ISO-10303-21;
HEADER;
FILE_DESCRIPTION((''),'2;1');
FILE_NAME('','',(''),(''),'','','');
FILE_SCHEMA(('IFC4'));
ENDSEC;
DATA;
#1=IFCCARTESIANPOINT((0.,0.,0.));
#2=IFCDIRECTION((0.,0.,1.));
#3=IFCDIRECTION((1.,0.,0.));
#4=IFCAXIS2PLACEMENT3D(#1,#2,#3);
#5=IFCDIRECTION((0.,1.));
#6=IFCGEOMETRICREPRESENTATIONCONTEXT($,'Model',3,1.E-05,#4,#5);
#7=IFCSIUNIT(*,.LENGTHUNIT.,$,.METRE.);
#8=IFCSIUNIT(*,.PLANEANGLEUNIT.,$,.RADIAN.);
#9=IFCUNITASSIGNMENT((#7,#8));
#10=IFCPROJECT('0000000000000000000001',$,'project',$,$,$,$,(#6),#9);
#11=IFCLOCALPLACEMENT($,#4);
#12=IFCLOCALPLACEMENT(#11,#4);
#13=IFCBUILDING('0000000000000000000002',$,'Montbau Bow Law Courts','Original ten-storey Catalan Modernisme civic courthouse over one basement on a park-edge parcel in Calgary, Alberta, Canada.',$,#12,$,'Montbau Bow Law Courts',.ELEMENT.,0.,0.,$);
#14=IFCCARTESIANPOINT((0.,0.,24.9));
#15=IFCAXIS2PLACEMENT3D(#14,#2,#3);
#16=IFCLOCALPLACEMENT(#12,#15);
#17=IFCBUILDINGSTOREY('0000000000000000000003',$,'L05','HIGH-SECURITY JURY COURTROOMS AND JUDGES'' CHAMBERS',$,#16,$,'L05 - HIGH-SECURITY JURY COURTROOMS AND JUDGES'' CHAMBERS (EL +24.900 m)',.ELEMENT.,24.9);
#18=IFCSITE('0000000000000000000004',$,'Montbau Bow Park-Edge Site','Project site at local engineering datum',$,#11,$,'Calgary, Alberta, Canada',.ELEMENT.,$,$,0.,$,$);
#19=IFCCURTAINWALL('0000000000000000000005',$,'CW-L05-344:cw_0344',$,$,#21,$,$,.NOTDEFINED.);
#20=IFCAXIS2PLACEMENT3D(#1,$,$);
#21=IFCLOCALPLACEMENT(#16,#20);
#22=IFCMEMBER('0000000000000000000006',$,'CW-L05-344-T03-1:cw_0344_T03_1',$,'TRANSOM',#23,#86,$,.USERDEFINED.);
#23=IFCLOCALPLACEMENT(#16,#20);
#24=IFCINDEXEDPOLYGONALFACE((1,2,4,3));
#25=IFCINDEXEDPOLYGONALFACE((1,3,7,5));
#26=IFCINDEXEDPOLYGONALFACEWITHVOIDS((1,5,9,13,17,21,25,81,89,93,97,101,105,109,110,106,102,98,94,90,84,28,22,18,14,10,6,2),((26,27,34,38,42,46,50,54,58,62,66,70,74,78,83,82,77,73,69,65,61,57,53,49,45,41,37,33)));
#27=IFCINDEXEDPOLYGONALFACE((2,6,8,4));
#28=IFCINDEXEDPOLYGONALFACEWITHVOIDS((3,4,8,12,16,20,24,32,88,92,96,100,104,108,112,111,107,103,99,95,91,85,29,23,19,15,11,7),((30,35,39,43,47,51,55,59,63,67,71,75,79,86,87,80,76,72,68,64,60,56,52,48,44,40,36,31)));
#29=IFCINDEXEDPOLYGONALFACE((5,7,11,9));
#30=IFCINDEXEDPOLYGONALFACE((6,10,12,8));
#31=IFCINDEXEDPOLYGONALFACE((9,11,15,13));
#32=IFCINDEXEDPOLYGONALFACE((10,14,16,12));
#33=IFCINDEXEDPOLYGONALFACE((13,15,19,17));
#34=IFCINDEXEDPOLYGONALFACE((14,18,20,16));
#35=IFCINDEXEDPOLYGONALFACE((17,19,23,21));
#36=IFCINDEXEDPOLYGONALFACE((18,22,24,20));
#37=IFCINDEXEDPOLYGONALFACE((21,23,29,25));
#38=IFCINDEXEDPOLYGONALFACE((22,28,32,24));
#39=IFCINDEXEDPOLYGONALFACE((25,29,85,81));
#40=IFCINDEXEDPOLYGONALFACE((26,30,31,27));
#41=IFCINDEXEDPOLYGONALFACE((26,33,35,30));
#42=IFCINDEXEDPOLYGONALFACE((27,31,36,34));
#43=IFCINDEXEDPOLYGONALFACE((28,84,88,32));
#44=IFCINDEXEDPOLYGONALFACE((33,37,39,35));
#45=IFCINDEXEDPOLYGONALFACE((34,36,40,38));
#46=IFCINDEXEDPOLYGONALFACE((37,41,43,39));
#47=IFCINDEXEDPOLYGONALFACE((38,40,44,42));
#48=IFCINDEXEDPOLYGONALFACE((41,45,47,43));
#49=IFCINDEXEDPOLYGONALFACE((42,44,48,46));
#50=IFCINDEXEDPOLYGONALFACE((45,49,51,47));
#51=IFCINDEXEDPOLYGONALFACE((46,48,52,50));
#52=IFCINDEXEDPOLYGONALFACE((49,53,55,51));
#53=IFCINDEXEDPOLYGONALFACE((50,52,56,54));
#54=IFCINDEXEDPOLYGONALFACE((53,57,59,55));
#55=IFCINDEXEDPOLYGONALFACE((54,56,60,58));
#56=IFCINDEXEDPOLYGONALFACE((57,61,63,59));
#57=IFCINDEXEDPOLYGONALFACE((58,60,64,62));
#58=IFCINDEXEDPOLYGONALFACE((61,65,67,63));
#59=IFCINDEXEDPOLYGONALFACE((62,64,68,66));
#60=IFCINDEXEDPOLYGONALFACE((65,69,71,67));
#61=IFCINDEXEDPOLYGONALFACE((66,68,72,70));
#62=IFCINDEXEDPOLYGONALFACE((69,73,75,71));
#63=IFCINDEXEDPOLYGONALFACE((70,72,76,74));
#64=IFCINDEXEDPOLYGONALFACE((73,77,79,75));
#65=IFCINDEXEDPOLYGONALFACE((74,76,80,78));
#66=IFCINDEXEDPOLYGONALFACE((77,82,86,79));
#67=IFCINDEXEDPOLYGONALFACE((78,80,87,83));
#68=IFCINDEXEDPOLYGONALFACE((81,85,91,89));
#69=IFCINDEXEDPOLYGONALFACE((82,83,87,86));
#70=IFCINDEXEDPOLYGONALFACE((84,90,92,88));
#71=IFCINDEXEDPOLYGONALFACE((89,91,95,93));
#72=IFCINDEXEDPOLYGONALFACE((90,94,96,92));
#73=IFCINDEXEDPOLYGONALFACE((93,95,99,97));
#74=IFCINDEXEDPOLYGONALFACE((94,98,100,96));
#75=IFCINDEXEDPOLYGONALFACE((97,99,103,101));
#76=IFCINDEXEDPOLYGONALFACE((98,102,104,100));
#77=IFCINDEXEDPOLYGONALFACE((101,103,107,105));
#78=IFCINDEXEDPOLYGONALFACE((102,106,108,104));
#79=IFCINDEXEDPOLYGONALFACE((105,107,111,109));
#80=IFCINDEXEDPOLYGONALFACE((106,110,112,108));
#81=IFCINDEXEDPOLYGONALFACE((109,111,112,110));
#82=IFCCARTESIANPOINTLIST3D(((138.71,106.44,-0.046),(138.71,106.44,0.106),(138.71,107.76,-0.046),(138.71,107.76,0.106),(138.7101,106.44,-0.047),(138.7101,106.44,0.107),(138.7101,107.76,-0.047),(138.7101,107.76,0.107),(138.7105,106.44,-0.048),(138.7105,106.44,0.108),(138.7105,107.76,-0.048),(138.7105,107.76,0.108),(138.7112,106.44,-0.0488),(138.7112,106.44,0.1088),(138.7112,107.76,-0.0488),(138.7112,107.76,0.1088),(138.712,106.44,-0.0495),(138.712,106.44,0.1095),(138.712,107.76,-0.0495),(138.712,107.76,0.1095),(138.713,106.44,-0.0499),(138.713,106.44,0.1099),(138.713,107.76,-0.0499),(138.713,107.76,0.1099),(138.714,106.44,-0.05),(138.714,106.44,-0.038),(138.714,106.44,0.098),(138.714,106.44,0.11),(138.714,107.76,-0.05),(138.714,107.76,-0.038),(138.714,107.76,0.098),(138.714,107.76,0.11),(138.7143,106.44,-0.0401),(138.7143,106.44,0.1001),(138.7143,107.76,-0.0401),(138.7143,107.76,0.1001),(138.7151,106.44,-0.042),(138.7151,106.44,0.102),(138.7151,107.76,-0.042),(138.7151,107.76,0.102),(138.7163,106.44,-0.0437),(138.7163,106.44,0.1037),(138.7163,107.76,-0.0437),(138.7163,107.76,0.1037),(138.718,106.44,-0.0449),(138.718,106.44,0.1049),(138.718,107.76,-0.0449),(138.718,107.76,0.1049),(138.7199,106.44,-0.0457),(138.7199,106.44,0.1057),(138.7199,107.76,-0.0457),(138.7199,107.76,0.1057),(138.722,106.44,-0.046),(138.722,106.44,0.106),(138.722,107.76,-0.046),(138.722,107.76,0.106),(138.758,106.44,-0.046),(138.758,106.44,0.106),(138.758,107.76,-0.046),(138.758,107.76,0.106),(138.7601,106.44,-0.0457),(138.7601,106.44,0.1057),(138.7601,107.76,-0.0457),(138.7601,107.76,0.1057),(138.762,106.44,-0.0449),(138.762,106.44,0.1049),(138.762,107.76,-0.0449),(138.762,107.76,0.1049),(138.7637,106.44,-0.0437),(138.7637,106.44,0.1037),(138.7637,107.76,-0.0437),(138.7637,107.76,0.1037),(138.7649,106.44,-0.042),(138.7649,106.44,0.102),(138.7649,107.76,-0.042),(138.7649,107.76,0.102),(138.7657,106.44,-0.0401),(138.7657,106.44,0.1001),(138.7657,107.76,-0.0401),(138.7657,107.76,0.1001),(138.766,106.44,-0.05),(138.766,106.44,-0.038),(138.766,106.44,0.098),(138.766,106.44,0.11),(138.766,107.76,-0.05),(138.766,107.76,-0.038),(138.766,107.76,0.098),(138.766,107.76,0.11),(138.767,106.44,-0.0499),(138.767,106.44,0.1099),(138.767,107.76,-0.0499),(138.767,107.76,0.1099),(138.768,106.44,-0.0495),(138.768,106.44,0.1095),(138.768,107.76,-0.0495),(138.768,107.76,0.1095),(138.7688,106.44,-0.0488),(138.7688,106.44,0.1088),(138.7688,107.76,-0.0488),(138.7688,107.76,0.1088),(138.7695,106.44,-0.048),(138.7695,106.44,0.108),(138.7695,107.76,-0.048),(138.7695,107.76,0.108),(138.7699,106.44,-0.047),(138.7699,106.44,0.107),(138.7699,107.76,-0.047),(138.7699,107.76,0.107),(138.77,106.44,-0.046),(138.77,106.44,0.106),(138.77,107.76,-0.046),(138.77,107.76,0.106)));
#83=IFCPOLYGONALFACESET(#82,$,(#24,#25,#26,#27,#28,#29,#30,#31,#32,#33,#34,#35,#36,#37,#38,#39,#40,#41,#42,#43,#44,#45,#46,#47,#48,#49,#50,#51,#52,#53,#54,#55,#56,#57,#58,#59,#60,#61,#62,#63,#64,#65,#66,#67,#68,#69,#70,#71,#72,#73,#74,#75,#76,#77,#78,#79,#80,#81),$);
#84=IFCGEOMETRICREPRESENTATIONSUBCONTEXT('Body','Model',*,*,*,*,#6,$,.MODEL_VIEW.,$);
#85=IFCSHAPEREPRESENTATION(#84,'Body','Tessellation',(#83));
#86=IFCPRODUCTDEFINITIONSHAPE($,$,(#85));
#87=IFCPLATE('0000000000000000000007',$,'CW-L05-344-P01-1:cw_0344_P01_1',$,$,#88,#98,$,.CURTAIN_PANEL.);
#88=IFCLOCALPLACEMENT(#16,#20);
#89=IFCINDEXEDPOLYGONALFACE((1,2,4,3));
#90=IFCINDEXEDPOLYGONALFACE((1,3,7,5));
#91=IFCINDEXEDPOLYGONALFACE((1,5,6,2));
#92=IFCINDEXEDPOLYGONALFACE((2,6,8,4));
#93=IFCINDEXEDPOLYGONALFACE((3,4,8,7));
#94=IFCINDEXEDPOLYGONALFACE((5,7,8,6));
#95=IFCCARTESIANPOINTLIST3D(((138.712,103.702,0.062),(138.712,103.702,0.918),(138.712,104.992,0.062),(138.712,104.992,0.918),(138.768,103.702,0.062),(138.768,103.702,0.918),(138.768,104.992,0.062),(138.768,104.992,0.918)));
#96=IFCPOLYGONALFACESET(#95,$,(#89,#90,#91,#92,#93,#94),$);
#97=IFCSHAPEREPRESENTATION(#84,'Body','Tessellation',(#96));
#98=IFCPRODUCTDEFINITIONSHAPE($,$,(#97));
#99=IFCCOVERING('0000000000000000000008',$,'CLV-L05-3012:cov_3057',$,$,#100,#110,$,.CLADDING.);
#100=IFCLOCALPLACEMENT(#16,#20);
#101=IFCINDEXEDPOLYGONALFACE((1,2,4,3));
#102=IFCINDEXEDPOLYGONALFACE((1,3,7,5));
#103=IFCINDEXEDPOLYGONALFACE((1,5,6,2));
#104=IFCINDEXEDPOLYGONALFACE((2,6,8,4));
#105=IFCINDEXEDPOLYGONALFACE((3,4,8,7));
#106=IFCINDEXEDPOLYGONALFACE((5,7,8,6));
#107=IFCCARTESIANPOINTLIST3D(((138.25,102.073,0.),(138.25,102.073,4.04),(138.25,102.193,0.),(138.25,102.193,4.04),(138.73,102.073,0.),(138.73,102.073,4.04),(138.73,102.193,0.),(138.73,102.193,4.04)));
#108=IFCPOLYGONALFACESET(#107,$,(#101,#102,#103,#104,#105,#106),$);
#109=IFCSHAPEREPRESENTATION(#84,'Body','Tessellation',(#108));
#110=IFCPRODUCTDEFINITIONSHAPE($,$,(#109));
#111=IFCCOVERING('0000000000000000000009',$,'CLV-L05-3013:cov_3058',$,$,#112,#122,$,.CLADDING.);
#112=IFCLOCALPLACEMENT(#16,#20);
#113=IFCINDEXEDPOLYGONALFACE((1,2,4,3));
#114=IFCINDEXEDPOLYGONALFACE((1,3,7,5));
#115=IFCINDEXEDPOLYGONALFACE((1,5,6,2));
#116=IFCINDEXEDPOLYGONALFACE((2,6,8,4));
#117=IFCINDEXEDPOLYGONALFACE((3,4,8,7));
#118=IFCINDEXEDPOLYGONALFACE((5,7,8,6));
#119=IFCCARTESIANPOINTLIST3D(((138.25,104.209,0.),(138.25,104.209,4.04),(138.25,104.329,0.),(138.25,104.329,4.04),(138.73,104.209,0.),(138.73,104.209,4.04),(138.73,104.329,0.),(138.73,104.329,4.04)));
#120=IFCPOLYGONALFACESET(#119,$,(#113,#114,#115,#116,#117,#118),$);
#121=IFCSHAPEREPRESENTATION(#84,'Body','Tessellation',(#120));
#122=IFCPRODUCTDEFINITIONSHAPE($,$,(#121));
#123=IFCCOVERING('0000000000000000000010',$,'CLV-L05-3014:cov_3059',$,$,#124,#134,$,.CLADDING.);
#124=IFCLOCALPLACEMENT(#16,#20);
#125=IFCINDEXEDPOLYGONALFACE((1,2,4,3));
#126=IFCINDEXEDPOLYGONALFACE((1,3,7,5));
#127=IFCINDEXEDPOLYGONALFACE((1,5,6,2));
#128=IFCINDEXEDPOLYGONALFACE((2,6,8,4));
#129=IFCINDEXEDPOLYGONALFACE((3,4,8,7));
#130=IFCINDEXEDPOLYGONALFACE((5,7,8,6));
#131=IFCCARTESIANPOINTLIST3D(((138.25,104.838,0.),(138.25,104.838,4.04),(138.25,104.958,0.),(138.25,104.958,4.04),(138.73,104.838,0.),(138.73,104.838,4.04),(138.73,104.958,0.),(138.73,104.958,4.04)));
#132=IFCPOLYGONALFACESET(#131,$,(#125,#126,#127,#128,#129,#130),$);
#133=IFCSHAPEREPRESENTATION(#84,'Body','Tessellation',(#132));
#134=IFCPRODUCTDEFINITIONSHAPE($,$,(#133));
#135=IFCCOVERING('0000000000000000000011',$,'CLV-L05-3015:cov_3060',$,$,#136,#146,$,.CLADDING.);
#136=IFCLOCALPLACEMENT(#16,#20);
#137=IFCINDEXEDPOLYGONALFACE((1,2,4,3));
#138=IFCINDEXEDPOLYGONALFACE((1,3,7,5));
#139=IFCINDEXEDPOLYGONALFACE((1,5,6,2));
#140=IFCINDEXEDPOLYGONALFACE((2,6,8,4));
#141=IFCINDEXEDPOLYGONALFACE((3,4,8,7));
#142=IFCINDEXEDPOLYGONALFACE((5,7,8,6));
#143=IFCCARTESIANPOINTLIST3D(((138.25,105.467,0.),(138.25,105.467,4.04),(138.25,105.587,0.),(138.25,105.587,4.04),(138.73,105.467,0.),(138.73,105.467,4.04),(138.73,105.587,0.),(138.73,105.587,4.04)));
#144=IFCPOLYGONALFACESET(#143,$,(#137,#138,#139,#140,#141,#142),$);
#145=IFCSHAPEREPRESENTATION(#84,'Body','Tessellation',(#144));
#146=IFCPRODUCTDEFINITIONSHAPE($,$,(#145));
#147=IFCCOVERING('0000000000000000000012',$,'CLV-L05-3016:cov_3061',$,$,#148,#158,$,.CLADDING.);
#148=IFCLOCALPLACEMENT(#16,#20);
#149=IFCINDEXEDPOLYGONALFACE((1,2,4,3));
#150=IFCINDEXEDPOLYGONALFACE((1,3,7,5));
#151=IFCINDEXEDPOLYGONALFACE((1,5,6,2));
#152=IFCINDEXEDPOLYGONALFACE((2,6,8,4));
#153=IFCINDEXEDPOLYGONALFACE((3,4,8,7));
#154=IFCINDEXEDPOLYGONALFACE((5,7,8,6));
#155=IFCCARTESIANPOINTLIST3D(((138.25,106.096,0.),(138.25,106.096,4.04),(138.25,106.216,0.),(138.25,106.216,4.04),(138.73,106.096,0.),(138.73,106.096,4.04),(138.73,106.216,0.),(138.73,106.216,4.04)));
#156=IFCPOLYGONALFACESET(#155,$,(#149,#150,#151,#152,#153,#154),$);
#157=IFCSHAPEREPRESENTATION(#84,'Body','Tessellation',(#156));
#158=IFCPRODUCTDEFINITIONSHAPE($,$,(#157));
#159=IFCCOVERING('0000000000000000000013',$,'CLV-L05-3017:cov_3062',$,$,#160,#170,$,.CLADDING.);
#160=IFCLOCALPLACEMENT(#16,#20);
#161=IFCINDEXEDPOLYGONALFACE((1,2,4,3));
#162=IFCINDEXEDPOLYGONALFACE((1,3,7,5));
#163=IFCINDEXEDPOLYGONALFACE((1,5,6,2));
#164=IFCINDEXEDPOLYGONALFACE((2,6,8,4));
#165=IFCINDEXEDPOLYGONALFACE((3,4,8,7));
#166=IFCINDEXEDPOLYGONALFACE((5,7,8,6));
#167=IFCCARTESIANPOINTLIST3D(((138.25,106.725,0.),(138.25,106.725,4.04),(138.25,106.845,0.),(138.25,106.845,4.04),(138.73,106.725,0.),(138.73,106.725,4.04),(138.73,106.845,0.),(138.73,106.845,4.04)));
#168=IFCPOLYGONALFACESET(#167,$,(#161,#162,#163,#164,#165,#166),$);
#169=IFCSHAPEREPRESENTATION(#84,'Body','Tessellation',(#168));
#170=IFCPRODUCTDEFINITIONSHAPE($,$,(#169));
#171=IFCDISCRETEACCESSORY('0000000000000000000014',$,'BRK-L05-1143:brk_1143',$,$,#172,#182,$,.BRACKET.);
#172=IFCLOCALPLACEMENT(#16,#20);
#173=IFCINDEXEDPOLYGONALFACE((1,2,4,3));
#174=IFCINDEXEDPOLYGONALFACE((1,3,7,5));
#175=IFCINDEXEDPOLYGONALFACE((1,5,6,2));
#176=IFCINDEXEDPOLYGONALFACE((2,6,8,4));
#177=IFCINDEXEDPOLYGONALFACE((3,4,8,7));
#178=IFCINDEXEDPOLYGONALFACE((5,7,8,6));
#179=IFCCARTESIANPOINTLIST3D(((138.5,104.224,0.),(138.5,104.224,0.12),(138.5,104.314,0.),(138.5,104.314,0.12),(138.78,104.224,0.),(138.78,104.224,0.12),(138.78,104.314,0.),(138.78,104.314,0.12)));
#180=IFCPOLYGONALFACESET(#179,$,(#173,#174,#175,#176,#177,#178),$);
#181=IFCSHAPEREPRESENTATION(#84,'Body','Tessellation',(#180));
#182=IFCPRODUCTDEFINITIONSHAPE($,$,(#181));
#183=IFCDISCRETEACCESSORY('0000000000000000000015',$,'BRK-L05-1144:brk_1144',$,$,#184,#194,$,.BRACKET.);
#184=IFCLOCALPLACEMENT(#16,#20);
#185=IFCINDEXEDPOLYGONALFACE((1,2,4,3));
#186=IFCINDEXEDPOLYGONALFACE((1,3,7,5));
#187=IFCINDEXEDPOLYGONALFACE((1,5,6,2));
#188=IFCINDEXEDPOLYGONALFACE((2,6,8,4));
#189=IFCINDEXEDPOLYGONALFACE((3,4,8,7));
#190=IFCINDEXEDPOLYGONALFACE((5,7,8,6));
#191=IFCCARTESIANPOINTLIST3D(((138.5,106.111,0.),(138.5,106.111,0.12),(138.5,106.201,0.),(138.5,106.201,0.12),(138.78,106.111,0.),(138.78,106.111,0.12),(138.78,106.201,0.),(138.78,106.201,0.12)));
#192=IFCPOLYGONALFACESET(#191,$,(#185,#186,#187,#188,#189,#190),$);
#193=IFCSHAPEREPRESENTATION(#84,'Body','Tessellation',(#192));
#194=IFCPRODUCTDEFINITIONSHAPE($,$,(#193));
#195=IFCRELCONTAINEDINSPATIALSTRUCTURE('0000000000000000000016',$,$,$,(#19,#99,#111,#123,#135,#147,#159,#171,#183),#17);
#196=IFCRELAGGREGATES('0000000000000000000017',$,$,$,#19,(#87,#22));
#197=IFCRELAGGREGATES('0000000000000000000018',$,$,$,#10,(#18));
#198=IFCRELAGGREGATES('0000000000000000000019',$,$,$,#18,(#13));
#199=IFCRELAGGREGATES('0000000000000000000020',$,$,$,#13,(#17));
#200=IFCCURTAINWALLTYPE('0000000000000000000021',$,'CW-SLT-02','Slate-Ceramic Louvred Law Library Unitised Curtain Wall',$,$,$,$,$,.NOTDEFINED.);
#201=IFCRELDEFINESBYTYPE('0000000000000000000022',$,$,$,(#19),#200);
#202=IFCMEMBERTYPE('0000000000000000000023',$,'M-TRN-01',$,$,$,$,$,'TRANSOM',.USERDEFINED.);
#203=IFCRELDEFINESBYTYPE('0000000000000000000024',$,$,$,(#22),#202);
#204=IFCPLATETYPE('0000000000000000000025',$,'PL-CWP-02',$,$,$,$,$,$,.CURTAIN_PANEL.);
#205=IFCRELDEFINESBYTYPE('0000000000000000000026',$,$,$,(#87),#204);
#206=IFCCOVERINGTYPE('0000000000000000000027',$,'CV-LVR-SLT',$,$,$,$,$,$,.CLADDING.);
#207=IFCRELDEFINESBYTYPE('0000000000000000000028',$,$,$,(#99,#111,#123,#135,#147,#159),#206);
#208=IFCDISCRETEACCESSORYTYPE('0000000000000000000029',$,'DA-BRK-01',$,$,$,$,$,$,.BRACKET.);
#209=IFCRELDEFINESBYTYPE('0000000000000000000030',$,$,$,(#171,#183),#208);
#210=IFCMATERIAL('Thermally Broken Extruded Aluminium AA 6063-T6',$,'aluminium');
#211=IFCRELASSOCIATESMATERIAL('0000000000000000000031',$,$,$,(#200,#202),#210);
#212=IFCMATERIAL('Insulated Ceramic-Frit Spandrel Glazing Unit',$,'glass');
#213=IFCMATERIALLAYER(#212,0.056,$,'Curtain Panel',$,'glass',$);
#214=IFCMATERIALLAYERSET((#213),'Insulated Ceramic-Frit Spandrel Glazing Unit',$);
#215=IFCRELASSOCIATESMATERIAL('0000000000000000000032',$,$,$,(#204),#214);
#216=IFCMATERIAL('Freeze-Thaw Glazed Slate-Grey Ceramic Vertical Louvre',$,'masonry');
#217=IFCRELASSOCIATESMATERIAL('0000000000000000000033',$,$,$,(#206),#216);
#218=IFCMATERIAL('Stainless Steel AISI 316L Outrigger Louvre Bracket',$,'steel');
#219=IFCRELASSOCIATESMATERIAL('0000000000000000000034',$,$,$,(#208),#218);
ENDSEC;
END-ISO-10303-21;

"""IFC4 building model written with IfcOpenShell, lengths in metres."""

from ifc_helpers import new_model, si_unit, direction, frame, frame_2d, origin_with_axes, origin_2d_with_axis, place, context, subcontext, project, spatial, rectangle, hollow_rectangle, extrude, material, layer, layer_set, material_profile, profile_set, type_object, element, aggregate, save


model = new_model("IFC4")

# Units and contexts
model_context = context("Model", 3, precision=1e-05, world=origin_with_axes(), true_north=direction((0.0, 1.0)))
body_context = subcontext(model_context, "Body", "Model", "MODEL_VIEW")
ifc_project = project(units=[si_unit("LENGTHUNIT", "METRE"), si_unit("PLANEANGLEUNIT", "RADIAN")], contexts=[model_context])

# Site, building, storey
site_placement = place(None, origin_with_axes())
site = spatial("IfcSite", under=ifc_project, at=site_placement, Name="Montbau Bow Park-Edge Site", Description="Project site at local engineering datum", LongName="Calgary, Alberta, Canada", CompositionType="ELEMENT", RefElevation=0.0)
building_placement = place(site_placement, origin_with_axes())
building = spatial("IfcBuilding", under=site, at=building_placement, Name="Montbau Bow Law Courts", Description="Original ten-storey Catalan Modernisme civic courthouse over one basement on a park-edge parcel in Calgary, Alberta, Canada.", LongName="Montbau Bow Law Courts", CompositionType="ELEMENT", ElevationOfRefHeight=0.0, ElevationOfTerrain=0.0)
storey_placement = place(building_placement, frame((0.0, 0.0, 24.9), z_axis=(0.0, 0.0, 1.0), x_axis=(1.0, 0.0, 0.0)))
storey = spatial("IfcBuildingStorey", under=building, at=storey_placement, Name="L05", Description="HIGH-SECURITY JURY COURTROOMS AND JUDGES' CHAMBERS", LongName="L05 - HIGH-SECURITY JURY COURTROOMS AND JUDGES' CHAMBERS (EL +24.900 m)", CompositionType="ELEMENT", Elevation=24.9)

# Shared definitions
ifc_material_1 = material(Name="Thermally Broken Extruded Aluminium AA 6063-T6", Category="aluminium")
curtain_wall_type = type_object("IfcCurtainWallType", Name="CW-SLT-02", Description="Slate-Ceramic Louvred Law Library Unitised Curtain Wall", PredefinedType="NOTDEFINED", material=ifc_material_1)

# Curtain wall, member, plate
curtain_wall_1_placement = place(None, frame((138.74, 103.64, 24.9), z_axis=(0.0, 0.0, 1.0), x_axis=(1.0, 0.0, 0.0)))
curtain_wall_1 = element("IfcCurtainWall", 1, at=curtain_wall_1_placement, inside=storey, type_object=curtain_wall_type, Name="CW-L05-344:cw_0344", PredefinedType="NOTDEFINED")
ifc_material_profile_1 = material_profile(ifc_material_1, hollow_rectangle(XDim=0.06, YDim=0.16, WallThickness=0.004, InnerFilletRadius=0.008, OuterFilletRadius=0.004, at=origin_2d_with_axis()), Name="CWT-160X60", Category="Main", Priority=0)
ifc_profile_set_1 = profile_set([ifc_material_profile_1], Name="Thermally Broken Extruded Aluminium AA 6063-T6")
member_type_1 = type_object("IfcMemberType", Name="M-TRN-01", ElementType="TRANSOM", PredefinedType="USERDEFINED", material=ifc_profile_set_1)
member_1_placement = place(None, frame((138.74, 106.44, 24.93), z_axis=(0.0, 1.0, 0.0), x_axis=(-1.0, 0.0, 0.0)))
member_1 = element("IfcMember", 2, at=member_1_placement, type_object=member_type_1, Name="CW-L05-344-T03-1:cw_0344_T03_1", ObjectType="TRANSOM", PredefinedType="USERDEFINED", context=body_context, shape_type="SweptSolid", body=[
    extrude(hollow_rectangle(XDim=0.06, YDim=0.16, WallThickness=0.004, InnerFilletRadius=0.008, OuterFilletRadius=0.004, at=origin_2d_with_axis()), origin_with_axes(), (0.0, 0.0, 1.0), 1.32),
])
ifc_material_2 = material(Name="Insulated Ceramic-Frit Spandrel Glazing Unit", Category="glass")
ifc_layer = layer(ifc_material_2, 0.056, Name="Curtain Panel", Category="glass")
ifc_layer_set = layer_set([ifc_layer], Name="Insulated Ceramic-Frit Spandrel Glazing Unit")
plate_type = type_object("IfcPlateType", Name="PL-CWP-02", PredefinedType="CURTAIN_PANEL", material=ifc_layer_set)
plate_placement = place(None, frame((138.74, 103.702, 24.962), z_axis=(1.0, 0.0, 0.0), x_axis=(0.0, 1.0, 0.0)))
plate = element("IfcPlate", 3, at=plate_placement, type_object=plate_type, Name="CW-L05-344-P01-1:cw_0344_P01_1", PredefinedType="CURTAIN_PANEL", context=body_context, shape_type="SweptSolid", body=[
    extrude(rectangle(XDim=1.29, YDim=0.856, at=frame_2d((0.645, 0.428), x_axis=(1.0, 0.0))), frame((0.0, 0.0, -0.028), z_axis=(0.0, 0.0, 1.0), x_axis=(1.0, 0.0, 0.0)), (0.0, 0.0, 1.0), 0.056),
])
aggregate(curtain_wall_1, [plate, member_1])

# Coverings
ifc_material_3 = material(Name="Freeze-Thaw Glazed Slate-Grey Ceramic Vertical Louvre", Category="masonry")
covering_type = type_object("IfcCoveringType", Name="CV-LVR-SLT", PredefinedType="CLADDING", material=ifc_material_3)
for number, where, z_axis, x_axis, name in (
    (4, (138.73, 102.133, 24.9), (0.0, 1.0, 0.0), (-1.0, 0.0, 0.0), "CLV-L05-3012:cov_3057"),
    (5, (138.73, 104.269, 24.9), (0.0, 1.0, 0.0), (-1.0, 0.0, 0.0), "CLV-L05-3013:cov_3058"),
    (6, (138.73, 104.898, 24.9), (0.0, 1.0, 0.0), (-1.0, 0.0, 0.0), "CLV-L05-3014:cov_3059"),
    (7, (138.73, 105.527, 24.9), (0.0, 1.0, 0.0), (-1.0, 0.0, 0.0), "CLV-L05-3015:cov_3060"),
    (8, (138.73, 106.156, 24.9), (0.0, 1.0, 0.0), (-1.0, 0.0, 0.0), "CLV-L05-3016:cov_3061"),
    (9, (138.73, 106.785, 24.9), (0.0, 1.0, 0.0), (-1.0, 0.0, 0.0), "CLV-L05-3017:cov_3062"),
):
    element("IfcCovering", number, at=place(None, frame(where, z_axis=z_axis, x_axis=x_axis)), inside=storey, type_object=covering_type, Name=name, PredefinedType="CLADDING", context=body_context, shape_type="SweptSolid", body=[
        extrude(rectangle(XDim=0.48, YDim=4.04, at=frame_2d((0.24, 2.02), x_axis=(1.0, 0.0))), frame((0.0, 0.0, -0.06), z_axis=(0.0, 0.0, 1.0), x_axis=(1.0, 0.0, 0.0)), (0.0, 0.0, 1.0), 0.12),
    ])

# Discrete accessories
ifc_material_4 = material(Name="Stainless Steel AISI 316L Outrigger Louvre Bracket", Category="steel")
discrete_accessory_type = type_object("IfcDiscreteAccessoryType", Name="DA-BRK-01", PredefinedType="BRACKET", material=ifc_material_4)
for number, where, z_axis, x_axis, name in (
    (10, (138.64, 104.269, 24.9), (0.0, 0.0, 1.0), (-1.0, 0.0, 0.0), "BRK-L05-1143:brk_1143"),
    (11, (138.64, 106.156, 24.9), (0.0, 0.0, 1.0), (-1.0, 0.0, 0.0), "BRK-L05-1144:brk_1144"),
):
    element("IfcDiscreteAccessory", number, at=place(None, frame(where, z_axis=z_axis, x_axis=x_axis)), inside=storey, type_object=discrete_accessory_type, Name=name, PredefinedType="BRACKET", context=body_context, shape_type="SweptSolid", body=[
        extrude(rectangle(XDim=0.28, YDim=0.09, at=origin_2d_with_axis()), origin_with_axes(), (0.0, 0.0, 1.0), 0.12),
    ])

save(model, "model.ifc")
